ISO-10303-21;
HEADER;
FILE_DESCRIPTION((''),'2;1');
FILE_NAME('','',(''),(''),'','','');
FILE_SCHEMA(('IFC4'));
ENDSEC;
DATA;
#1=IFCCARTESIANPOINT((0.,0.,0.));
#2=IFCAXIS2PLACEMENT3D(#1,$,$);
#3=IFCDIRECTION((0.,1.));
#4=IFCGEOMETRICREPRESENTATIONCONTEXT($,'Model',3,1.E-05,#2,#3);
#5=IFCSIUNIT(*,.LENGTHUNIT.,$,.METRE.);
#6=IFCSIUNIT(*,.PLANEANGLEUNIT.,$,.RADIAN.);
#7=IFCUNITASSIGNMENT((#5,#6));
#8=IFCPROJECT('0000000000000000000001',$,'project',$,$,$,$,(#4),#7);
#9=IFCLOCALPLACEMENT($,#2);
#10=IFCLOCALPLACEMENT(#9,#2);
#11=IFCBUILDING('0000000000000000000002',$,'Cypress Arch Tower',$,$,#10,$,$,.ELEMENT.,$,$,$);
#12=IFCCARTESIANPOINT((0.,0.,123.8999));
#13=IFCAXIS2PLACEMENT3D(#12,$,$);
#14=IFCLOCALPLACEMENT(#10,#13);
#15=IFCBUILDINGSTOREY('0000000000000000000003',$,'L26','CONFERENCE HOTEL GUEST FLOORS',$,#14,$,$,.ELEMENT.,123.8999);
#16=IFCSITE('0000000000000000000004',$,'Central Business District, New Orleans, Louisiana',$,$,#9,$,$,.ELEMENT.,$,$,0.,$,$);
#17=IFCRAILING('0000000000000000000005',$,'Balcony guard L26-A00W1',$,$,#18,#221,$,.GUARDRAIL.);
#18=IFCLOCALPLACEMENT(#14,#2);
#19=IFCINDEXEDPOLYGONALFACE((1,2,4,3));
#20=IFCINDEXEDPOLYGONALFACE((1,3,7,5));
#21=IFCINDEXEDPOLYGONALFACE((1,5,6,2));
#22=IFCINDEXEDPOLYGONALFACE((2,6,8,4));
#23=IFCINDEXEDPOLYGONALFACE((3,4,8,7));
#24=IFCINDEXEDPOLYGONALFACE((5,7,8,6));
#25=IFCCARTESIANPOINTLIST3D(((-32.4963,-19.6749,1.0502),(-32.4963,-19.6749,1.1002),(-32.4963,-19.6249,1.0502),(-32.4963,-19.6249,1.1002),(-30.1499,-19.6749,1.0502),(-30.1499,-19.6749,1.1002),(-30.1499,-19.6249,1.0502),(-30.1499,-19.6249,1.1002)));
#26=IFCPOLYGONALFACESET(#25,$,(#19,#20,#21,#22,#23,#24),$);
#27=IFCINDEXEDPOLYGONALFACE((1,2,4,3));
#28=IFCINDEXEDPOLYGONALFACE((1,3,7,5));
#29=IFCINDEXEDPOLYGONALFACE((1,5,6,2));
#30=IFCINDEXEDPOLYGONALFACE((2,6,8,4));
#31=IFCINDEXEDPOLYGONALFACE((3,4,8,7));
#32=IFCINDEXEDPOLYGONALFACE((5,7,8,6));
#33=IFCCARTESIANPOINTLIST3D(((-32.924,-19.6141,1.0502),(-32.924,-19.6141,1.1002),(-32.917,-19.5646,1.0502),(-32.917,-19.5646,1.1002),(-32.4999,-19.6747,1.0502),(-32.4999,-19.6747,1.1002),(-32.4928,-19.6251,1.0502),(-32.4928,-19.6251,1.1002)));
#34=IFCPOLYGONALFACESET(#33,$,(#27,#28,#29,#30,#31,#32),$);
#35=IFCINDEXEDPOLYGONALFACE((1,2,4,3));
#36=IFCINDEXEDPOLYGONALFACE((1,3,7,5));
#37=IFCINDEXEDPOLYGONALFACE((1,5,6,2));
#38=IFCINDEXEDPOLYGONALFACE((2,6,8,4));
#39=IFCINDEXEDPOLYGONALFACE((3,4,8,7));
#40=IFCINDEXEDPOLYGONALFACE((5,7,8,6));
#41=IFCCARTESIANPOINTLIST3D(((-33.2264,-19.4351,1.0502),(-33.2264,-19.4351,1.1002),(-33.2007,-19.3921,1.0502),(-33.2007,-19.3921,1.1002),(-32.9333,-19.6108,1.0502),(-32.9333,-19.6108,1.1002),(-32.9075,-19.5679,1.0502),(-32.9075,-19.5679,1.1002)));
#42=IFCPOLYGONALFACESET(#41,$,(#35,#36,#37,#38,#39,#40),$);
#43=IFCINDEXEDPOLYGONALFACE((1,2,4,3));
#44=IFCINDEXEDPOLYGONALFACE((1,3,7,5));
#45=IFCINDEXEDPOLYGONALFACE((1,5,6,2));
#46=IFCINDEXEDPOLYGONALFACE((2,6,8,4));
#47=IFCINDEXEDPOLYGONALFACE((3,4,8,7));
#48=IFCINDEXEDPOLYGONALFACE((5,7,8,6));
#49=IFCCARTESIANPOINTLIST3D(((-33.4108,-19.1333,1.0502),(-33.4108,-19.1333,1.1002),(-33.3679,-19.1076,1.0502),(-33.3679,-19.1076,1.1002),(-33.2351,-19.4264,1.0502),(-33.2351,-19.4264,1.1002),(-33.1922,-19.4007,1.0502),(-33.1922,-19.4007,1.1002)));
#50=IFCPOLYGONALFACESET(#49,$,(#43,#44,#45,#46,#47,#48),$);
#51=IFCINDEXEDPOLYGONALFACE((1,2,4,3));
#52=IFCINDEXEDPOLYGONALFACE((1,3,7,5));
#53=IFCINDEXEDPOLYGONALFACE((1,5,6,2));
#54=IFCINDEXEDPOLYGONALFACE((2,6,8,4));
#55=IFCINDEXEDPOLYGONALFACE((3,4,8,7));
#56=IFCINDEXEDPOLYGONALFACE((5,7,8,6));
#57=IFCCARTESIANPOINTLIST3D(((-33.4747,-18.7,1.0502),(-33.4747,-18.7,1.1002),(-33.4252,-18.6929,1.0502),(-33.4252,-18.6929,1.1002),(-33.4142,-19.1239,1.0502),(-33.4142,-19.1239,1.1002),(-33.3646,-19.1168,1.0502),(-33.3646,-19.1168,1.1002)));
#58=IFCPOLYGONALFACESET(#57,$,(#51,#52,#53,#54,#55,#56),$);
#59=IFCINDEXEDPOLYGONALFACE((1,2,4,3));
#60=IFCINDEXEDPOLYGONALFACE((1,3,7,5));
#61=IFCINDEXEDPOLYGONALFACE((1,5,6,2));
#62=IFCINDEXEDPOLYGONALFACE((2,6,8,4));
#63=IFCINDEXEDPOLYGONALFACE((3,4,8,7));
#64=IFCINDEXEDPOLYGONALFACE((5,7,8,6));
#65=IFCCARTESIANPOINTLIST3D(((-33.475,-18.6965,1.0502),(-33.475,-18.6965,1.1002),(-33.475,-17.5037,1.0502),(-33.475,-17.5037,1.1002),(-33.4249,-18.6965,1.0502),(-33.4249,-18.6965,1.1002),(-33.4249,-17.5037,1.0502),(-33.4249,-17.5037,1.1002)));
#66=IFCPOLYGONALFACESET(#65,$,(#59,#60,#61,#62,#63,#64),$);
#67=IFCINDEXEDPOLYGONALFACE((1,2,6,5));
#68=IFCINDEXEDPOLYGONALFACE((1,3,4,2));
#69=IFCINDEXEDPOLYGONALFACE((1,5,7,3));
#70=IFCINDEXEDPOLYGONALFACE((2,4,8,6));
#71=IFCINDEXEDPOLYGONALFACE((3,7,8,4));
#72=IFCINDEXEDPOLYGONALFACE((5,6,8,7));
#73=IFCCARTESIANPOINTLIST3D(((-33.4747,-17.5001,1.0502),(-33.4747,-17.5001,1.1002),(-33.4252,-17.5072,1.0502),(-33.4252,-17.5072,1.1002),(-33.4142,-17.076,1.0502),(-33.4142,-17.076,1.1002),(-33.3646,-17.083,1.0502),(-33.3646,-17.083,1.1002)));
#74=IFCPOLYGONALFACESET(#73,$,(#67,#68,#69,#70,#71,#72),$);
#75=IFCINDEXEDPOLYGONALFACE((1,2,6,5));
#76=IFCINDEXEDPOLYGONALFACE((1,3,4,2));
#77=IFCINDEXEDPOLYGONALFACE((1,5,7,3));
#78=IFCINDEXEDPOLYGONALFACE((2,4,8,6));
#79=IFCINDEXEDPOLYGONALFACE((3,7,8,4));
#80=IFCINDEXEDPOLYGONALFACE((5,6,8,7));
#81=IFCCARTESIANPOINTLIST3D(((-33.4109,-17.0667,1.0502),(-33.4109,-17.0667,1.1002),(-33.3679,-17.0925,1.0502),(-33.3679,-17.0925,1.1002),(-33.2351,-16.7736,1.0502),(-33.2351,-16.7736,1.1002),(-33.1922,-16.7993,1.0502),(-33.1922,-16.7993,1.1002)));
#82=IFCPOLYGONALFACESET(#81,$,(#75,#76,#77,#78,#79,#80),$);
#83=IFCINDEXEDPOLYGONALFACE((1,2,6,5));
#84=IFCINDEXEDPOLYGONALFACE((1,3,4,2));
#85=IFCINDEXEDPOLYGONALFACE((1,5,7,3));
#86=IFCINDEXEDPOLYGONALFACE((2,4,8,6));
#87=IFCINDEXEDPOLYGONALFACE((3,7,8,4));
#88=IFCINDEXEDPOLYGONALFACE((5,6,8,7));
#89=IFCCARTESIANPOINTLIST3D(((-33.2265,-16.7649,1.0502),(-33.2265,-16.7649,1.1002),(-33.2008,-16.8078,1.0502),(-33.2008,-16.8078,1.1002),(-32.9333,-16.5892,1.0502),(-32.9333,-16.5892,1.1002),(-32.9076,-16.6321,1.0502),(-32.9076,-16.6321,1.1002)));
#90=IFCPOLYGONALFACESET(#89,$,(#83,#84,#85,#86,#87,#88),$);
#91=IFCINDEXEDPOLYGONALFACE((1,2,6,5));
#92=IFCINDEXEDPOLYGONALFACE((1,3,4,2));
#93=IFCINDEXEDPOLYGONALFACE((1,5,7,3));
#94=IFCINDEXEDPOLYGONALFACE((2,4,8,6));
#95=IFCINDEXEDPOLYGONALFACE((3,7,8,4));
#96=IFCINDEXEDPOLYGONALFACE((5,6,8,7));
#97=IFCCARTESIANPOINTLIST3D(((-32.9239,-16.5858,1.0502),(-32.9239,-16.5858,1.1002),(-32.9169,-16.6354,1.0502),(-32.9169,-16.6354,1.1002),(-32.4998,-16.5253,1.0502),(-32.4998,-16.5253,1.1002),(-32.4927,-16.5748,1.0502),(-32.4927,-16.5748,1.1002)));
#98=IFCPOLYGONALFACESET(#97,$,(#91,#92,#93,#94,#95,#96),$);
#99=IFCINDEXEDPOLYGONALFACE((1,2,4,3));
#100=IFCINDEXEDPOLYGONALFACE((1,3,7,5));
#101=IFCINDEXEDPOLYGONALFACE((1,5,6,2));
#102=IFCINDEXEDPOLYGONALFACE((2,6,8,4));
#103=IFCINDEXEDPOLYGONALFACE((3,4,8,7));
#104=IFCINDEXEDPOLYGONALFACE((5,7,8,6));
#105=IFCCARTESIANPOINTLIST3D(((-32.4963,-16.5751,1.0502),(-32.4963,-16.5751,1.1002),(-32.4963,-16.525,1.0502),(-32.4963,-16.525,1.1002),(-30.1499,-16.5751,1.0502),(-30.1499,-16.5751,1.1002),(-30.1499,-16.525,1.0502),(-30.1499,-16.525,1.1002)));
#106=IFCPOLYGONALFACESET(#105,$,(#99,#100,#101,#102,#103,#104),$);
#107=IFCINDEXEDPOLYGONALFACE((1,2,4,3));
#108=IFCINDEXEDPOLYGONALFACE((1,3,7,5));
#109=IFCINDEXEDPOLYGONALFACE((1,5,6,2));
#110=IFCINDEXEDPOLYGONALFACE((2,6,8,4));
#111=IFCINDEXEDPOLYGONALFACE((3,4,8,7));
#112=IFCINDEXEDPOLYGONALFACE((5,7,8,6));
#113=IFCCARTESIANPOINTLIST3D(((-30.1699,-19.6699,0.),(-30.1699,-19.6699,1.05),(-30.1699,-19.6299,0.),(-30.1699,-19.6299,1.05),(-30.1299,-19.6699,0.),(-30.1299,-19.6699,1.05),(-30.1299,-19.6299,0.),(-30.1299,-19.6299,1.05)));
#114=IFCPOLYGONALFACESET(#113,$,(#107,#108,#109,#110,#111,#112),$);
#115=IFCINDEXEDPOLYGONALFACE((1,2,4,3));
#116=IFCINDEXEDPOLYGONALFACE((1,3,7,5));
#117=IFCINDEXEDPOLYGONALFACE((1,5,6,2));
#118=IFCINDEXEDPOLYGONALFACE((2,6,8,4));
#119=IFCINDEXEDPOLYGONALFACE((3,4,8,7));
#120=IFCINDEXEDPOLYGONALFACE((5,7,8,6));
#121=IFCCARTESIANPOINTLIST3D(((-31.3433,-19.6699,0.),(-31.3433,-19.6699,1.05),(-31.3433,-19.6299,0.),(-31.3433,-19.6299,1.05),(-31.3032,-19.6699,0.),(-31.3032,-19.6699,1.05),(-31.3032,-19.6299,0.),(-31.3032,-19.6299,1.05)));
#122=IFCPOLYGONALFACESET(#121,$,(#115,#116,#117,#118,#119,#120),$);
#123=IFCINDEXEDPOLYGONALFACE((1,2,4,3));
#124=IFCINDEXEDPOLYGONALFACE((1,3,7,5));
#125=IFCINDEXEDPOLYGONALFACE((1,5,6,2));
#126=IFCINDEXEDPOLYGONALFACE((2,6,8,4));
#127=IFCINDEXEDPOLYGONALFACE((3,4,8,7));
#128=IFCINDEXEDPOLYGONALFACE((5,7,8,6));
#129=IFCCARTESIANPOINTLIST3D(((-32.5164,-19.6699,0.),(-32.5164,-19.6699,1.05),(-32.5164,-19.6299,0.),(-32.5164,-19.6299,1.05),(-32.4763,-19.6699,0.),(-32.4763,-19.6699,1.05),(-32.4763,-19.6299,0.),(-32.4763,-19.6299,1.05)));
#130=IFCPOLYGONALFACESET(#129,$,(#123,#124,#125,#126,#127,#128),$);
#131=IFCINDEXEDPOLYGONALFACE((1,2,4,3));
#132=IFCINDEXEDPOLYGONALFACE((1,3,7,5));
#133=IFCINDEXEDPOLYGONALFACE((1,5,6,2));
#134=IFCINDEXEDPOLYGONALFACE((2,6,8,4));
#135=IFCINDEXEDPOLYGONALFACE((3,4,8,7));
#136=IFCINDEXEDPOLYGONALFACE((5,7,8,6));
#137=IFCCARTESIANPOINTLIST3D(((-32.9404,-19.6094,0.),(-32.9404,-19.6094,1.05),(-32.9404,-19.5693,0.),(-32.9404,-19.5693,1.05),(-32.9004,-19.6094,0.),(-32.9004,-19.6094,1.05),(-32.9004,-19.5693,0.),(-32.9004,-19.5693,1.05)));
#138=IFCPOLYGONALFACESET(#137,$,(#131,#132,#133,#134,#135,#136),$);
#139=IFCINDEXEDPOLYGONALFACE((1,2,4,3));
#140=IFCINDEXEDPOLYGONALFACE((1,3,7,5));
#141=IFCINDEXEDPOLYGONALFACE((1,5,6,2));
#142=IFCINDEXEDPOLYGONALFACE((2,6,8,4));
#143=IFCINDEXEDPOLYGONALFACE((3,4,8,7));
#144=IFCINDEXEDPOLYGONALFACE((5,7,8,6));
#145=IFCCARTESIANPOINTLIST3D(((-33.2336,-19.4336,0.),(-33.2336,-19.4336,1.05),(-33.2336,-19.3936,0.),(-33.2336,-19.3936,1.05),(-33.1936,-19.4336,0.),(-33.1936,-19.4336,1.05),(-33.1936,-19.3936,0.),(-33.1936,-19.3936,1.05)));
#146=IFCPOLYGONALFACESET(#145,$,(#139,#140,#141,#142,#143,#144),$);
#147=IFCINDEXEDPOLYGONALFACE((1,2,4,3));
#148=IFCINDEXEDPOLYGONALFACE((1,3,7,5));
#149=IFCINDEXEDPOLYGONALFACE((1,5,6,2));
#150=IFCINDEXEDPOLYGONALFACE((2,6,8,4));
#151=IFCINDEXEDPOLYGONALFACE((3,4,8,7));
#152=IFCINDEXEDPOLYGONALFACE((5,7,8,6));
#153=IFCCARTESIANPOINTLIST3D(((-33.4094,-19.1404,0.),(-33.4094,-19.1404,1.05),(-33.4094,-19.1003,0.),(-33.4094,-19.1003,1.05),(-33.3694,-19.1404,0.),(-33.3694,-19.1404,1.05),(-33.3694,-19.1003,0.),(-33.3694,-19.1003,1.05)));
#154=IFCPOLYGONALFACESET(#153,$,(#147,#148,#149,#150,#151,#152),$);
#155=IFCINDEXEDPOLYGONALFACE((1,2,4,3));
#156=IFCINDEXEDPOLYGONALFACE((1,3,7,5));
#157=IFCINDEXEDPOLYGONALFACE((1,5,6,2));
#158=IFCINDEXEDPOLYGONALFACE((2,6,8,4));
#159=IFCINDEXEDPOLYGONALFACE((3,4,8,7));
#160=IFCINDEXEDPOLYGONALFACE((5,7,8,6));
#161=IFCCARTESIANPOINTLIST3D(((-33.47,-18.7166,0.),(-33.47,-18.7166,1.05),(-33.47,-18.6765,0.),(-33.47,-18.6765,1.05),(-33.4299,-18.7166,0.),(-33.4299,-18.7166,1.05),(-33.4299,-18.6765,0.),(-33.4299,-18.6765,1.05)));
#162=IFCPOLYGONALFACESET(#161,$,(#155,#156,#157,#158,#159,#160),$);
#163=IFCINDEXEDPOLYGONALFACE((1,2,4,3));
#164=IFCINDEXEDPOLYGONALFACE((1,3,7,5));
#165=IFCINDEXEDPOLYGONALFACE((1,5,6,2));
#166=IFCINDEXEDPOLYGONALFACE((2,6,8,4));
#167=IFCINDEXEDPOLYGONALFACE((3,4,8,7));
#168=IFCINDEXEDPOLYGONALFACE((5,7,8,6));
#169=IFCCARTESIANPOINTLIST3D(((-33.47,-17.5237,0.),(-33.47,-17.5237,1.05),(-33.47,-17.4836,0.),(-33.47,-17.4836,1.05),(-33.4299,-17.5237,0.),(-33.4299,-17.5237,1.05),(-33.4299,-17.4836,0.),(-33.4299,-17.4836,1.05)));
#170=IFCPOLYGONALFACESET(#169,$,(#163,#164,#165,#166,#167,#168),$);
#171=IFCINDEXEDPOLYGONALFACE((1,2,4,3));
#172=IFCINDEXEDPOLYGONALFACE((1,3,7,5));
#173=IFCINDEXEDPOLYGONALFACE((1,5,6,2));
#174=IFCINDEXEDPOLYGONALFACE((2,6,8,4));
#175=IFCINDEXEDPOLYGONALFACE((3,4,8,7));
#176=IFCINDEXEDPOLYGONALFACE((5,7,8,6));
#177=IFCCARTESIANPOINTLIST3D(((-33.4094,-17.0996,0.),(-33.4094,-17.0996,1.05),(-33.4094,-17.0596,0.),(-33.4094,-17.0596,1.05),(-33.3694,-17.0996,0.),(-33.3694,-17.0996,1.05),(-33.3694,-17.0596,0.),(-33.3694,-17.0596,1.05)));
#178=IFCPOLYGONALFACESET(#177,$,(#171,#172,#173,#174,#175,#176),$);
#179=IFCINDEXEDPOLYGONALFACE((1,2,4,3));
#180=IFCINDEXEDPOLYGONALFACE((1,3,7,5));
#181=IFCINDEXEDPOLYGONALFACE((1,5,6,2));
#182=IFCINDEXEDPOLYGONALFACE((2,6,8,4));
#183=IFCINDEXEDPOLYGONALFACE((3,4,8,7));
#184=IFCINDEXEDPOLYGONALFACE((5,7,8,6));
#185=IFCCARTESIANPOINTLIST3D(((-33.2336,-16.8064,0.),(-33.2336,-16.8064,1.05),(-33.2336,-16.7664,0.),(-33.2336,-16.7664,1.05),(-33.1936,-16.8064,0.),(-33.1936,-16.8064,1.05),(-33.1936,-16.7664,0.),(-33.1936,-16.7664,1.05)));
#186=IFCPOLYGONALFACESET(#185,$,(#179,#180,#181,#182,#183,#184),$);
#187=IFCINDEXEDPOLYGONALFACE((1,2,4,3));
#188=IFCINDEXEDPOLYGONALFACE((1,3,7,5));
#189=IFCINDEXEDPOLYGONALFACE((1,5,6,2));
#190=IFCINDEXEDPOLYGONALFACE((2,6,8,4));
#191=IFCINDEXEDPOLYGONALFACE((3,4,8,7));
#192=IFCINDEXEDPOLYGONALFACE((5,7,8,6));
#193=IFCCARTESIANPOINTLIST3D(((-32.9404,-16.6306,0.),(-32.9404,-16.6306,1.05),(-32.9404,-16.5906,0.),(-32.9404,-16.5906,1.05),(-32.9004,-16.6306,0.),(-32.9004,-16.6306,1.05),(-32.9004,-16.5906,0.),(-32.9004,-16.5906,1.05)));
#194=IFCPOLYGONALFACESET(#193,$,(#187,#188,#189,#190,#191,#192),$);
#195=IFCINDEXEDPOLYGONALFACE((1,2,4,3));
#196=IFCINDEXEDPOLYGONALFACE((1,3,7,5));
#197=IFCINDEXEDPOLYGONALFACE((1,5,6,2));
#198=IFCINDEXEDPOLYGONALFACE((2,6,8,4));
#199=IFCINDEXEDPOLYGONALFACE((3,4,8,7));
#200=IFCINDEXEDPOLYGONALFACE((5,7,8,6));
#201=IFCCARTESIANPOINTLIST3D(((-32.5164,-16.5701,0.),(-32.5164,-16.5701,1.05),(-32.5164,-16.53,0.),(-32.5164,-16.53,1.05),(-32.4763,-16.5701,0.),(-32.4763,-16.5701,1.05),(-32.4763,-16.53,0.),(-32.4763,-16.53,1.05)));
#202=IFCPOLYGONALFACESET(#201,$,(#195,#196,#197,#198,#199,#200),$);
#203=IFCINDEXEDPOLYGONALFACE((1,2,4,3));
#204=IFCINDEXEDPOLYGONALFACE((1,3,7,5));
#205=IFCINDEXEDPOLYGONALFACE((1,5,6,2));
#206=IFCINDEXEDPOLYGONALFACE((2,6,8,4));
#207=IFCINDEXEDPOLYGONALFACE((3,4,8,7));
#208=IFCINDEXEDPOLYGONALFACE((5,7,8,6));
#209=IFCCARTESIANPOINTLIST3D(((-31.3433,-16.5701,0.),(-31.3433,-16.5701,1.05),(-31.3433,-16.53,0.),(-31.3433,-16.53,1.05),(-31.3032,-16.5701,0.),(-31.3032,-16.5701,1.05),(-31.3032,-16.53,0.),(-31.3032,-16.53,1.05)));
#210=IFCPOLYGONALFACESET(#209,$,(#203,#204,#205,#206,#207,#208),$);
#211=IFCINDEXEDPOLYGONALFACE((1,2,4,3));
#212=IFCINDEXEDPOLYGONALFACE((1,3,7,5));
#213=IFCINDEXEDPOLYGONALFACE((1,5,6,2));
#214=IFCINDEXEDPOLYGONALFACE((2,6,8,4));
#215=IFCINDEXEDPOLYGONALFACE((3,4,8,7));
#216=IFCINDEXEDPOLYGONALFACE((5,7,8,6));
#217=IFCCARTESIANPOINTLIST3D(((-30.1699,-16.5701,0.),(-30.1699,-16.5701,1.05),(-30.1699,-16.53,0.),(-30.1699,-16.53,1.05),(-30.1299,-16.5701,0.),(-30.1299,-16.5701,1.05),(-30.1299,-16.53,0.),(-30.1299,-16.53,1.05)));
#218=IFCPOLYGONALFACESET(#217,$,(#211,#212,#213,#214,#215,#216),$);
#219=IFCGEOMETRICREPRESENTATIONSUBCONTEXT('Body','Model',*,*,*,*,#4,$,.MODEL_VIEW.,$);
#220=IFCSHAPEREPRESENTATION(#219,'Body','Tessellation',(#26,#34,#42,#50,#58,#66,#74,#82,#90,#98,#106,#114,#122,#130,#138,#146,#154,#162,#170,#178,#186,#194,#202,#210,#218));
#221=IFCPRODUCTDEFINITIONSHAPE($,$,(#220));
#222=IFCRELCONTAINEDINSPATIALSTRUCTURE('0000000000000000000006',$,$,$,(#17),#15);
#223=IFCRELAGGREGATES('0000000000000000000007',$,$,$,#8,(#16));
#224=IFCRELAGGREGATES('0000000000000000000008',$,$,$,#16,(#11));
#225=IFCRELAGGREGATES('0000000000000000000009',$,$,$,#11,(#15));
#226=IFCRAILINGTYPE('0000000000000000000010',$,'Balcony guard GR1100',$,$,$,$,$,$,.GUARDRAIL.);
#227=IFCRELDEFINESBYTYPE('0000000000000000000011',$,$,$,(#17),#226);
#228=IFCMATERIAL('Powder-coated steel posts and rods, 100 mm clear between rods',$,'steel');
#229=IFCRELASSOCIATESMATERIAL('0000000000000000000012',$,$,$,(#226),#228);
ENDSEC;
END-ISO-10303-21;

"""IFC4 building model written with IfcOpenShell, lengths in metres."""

from ifc_helpers import new_model, si_unit, direction, frame, origin, origin_2d, place, context, subcontext, project, spatial, rectangle, extrude, material, type_object, element, save


model = new_model("IFC4")

# Units and contexts
model_context = context("Model", 3, precision=1e-05, world=origin(), true_north=direction((0.0, 1.0)))
body_context = subcontext(model_context, "Body", "Model", "MODEL_VIEW")
ifc_project = project(units=[si_unit("LENGTHUNIT", "METRE"), si_unit("PLANEANGLEUNIT", "RADIAN")], contexts=[model_context])

# Site, building, storey
site_placement = place(None, origin())
site = spatial("IfcSite", under=ifc_project, at=site_placement, Name="Central Business District, New Orleans, Louisiana", CompositionType="ELEMENT", RefElevation=0.0)
building_placement = place(site_placement, origin())
building = spatial("IfcBuilding", under=site, at=building_placement, Name="Cypress Arch Tower", CompositionType="ELEMENT")
storey_placement = place(building_placement, frame((0.0, 0.0, 123.8999)))
storey = spatial("IfcBuildingStorey", under=building, at=storey_placement, Name="L26", Description="CONFERENCE HOTEL GUEST FLOORS", CompositionType="ELEMENT", Elevation=123.8999)

# Railing
ifc_material_1 = material(Name="Powder-coated steel posts and rods, 100 mm clear between rods", Category="steel")
railing_type = type_object("IfcRailingType", Name="Balcony guard GR1100", PredefinedType="GUARDRAIL", material=ifc_material_1)
railing_placement = place(storey_placement, frame((-30.1499, -19.6499, 0.0)))
element("IfcRailing", 1, at=railing_placement, inside=storey, type_object=railing_type, Name="Balcony guard L26-A00W1", PredefinedType="GUARDRAIL", context=body_context, shape_type="SweptSolid", body=[
    extrude(rectangle(XDim=0.05, YDim=0.05, at=origin_2d()), frame((0.0, 0.0, 1.0752), z_axis=(-1.0, 0.0, 0.0), x_axis=(0.0, -1.0, 0.0)), (0.0, 0.0, 1.0), 2.3464),
    extrude(rectangle(XDim=0.05, YDim=0.05, at=origin_2d()), frame((-2.3464, 0.0, 1.0752), z_axis=(-0.989961, 0.141342, 0.0), x_axis=(-0.141342, -0.989961, 0.0)), (0.0, 0.0, 1.0), 0.4285),
    extrude(rectangle(XDim=0.05, YDim=0.05, at=origin_2d()), frame((-2.7705, 0.0605, 1.0752), z_axis=(-0.857682, 0.514181, 0.0), x_axis=(-0.514181, -0.857682, 0.0)), (0.0, 0.0, 1.0), 0.3418),
    extrude(rectangle(XDim=0.05, YDim=0.05, at=origin_2d()), frame((-3.0637, 0.2363, 1.0752), z_axis=(-0.514181, 0.857682, 0.0), x_axis=(-0.857682, -0.514181, 0.0)), (0.0, 0.0, 1.0), 0.3418),
    extrude(rectangle(XDim=0.05, YDim=0.05, at=origin_2d()), frame((-3.2395, 0.5295, 1.0752), z_axis=(-0.141421, 0.989949, 0.0), x_axis=(-0.989949, -0.141421, 0.0)), (0.0, 0.0, 1.0), 0.4282),
    extrude(rectangle(XDim=0.05, YDim=0.05, at=origin_2d()), frame((-3.3, 0.9534, 1.0752), z_axis=(0.0, 1.0, 0.0), x_axis=(-1.0, 0.0, 0.0)), (0.0, 0.0, 1.0), 1.1929),
    extrude(rectangle(XDim=0.05, YDim=0.05, at=origin_2d()), frame((-3.3, 2.1462, 1.0752), z_axis=(0.141342, 0.989961, 0.0), x_axis=(-0.989961, 0.141342, 0.0)), (0.0, 0.0, 1.0), 0.4285),
    extrude(rectangle(XDim=0.05, YDim=0.05, at=origin_2d()), frame((-3.2395, 2.5703, 1.0752), z_axis=(0.514181, 0.857682, 0.0), x_axis=(-0.857682, 0.514181, 0.0)), (0.0, 0.0, 1.0), 0.3418),
    extrude(rectangle(XDim=0.05, YDim=0.05, at=origin_2d()), frame((-3.0637, 2.8635, 1.0752), z_axis=(0.857682, 0.514181, 0.0), x_axis=(-0.514181, 0.857682, 0.0)), (0.0, 0.0, 1.0), 0.3418),
    extrude(rectangle(XDim=0.05, YDim=0.05, at=origin_2d()), frame((-2.7705, 3.0393, 1.0752), z_axis=(0.989961, 0.141342, 0.0), x_axis=(-0.141342, 0.989961, 0.0)), (0.0, 0.0, 1.0), 0.4285),
    extrude(rectangle(XDim=0.05, YDim=0.05, at=origin_2d()), frame((-2.3464, 3.0999, 1.0752), z_axis=(1.0, 0.0, 0.0), x_axis=(0.0, 1.0, 0.0)), (0.0, 0.0, 1.0), 2.3464),
    extrude(rectangle(XDim=0.04, YDim=0.04, at=origin_2d()), origin(), (0.0, 0.0, 1.0), 1.05),
    extrude(rectangle(XDim=0.04, YDim=0.04, at=origin_2d()), frame((-1.1733, 0.0, 0.0)), (0.0, 0.0, 1.0), 1.05),
    extrude(rectangle(XDim=0.04, YDim=0.04, at=origin_2d()), frame((-2.3464, 0.0, 0.0)), (0.0, 0.0, 1.0), 1.05),
    extrude(rectangle(XDim=0.04, YDim=0.04, at=origin_2d()), frame((-2.7705, 0.0605, 0.0)), (0.0, 0.0, 1.0), 1.05),
    extrude(rectangle(XDim=0.04, YDim=0.04, at=origin_2d()), frame((-3.0637, 0.2363, 0.0)), (0.0, 0.0, 1.0), 1.05),
    extrude(rectangle(XDim=0.04, YDim=0.04, at=origin_2d()), frame((-3.2395, 0.5295, 0.0)), (0.0, 0.0, 1.0), 1.05),
    extrude(rectangle(XDim=0.04, YDim=0.04, at=origin_2d()), frame((-3.3, 0.9534, 0.0)), (0.0, 0.0, 1.0), 1.05),
    extrude(rectangle(XDim=0.04, YDim=0.04, at=origin_2d()), frame((-3.3, 2.1462, 0.0)), (0.0, 0.0, 1.0), 1.05),
    extrude(rectangle(XDim=0.04, YDim=0.04, at=origin_2d()), frame((-3.2395, 2.5703, 0.0)), (0.0, 0.0, 1.0), 1.05),
    extrude(rectangle(XDim=0.04, YDim=0.04, at=origin_2d()), frame((-3.0637, 2.8635, 0.0)), (0.0, 0.0, 1.0), 1.05),
    extrude(rectangle(XDim=0.04, YDim=0.04, at=origin_2d()), frame((-2.7705, 3.0393, 0.0)), (0.0, 0.0, 1.0), 1.05),
    extrude(rectangle(XDim=0.04, YDim=0.04, at=origin_2d()), frame((-2.3464, 3.0999, 0.0)), (0.0, 0.0, 1.0), 1.05),
    extrude(rectangle(XDim=0.04, YDim=0.04, at=origin_2d()), frame((-1.1733, 3.0999, 0.0)), (0.0, 0.0, 1.0), 1.05),
    extrude(rectangle(XDim=0.04, YDim=0.04, at=origin_2d()), frame((0.0, 3.0999, 0.0)), (0.0, 0.0, 1.0), 1.05),
])

save(model, "model.ifc")
